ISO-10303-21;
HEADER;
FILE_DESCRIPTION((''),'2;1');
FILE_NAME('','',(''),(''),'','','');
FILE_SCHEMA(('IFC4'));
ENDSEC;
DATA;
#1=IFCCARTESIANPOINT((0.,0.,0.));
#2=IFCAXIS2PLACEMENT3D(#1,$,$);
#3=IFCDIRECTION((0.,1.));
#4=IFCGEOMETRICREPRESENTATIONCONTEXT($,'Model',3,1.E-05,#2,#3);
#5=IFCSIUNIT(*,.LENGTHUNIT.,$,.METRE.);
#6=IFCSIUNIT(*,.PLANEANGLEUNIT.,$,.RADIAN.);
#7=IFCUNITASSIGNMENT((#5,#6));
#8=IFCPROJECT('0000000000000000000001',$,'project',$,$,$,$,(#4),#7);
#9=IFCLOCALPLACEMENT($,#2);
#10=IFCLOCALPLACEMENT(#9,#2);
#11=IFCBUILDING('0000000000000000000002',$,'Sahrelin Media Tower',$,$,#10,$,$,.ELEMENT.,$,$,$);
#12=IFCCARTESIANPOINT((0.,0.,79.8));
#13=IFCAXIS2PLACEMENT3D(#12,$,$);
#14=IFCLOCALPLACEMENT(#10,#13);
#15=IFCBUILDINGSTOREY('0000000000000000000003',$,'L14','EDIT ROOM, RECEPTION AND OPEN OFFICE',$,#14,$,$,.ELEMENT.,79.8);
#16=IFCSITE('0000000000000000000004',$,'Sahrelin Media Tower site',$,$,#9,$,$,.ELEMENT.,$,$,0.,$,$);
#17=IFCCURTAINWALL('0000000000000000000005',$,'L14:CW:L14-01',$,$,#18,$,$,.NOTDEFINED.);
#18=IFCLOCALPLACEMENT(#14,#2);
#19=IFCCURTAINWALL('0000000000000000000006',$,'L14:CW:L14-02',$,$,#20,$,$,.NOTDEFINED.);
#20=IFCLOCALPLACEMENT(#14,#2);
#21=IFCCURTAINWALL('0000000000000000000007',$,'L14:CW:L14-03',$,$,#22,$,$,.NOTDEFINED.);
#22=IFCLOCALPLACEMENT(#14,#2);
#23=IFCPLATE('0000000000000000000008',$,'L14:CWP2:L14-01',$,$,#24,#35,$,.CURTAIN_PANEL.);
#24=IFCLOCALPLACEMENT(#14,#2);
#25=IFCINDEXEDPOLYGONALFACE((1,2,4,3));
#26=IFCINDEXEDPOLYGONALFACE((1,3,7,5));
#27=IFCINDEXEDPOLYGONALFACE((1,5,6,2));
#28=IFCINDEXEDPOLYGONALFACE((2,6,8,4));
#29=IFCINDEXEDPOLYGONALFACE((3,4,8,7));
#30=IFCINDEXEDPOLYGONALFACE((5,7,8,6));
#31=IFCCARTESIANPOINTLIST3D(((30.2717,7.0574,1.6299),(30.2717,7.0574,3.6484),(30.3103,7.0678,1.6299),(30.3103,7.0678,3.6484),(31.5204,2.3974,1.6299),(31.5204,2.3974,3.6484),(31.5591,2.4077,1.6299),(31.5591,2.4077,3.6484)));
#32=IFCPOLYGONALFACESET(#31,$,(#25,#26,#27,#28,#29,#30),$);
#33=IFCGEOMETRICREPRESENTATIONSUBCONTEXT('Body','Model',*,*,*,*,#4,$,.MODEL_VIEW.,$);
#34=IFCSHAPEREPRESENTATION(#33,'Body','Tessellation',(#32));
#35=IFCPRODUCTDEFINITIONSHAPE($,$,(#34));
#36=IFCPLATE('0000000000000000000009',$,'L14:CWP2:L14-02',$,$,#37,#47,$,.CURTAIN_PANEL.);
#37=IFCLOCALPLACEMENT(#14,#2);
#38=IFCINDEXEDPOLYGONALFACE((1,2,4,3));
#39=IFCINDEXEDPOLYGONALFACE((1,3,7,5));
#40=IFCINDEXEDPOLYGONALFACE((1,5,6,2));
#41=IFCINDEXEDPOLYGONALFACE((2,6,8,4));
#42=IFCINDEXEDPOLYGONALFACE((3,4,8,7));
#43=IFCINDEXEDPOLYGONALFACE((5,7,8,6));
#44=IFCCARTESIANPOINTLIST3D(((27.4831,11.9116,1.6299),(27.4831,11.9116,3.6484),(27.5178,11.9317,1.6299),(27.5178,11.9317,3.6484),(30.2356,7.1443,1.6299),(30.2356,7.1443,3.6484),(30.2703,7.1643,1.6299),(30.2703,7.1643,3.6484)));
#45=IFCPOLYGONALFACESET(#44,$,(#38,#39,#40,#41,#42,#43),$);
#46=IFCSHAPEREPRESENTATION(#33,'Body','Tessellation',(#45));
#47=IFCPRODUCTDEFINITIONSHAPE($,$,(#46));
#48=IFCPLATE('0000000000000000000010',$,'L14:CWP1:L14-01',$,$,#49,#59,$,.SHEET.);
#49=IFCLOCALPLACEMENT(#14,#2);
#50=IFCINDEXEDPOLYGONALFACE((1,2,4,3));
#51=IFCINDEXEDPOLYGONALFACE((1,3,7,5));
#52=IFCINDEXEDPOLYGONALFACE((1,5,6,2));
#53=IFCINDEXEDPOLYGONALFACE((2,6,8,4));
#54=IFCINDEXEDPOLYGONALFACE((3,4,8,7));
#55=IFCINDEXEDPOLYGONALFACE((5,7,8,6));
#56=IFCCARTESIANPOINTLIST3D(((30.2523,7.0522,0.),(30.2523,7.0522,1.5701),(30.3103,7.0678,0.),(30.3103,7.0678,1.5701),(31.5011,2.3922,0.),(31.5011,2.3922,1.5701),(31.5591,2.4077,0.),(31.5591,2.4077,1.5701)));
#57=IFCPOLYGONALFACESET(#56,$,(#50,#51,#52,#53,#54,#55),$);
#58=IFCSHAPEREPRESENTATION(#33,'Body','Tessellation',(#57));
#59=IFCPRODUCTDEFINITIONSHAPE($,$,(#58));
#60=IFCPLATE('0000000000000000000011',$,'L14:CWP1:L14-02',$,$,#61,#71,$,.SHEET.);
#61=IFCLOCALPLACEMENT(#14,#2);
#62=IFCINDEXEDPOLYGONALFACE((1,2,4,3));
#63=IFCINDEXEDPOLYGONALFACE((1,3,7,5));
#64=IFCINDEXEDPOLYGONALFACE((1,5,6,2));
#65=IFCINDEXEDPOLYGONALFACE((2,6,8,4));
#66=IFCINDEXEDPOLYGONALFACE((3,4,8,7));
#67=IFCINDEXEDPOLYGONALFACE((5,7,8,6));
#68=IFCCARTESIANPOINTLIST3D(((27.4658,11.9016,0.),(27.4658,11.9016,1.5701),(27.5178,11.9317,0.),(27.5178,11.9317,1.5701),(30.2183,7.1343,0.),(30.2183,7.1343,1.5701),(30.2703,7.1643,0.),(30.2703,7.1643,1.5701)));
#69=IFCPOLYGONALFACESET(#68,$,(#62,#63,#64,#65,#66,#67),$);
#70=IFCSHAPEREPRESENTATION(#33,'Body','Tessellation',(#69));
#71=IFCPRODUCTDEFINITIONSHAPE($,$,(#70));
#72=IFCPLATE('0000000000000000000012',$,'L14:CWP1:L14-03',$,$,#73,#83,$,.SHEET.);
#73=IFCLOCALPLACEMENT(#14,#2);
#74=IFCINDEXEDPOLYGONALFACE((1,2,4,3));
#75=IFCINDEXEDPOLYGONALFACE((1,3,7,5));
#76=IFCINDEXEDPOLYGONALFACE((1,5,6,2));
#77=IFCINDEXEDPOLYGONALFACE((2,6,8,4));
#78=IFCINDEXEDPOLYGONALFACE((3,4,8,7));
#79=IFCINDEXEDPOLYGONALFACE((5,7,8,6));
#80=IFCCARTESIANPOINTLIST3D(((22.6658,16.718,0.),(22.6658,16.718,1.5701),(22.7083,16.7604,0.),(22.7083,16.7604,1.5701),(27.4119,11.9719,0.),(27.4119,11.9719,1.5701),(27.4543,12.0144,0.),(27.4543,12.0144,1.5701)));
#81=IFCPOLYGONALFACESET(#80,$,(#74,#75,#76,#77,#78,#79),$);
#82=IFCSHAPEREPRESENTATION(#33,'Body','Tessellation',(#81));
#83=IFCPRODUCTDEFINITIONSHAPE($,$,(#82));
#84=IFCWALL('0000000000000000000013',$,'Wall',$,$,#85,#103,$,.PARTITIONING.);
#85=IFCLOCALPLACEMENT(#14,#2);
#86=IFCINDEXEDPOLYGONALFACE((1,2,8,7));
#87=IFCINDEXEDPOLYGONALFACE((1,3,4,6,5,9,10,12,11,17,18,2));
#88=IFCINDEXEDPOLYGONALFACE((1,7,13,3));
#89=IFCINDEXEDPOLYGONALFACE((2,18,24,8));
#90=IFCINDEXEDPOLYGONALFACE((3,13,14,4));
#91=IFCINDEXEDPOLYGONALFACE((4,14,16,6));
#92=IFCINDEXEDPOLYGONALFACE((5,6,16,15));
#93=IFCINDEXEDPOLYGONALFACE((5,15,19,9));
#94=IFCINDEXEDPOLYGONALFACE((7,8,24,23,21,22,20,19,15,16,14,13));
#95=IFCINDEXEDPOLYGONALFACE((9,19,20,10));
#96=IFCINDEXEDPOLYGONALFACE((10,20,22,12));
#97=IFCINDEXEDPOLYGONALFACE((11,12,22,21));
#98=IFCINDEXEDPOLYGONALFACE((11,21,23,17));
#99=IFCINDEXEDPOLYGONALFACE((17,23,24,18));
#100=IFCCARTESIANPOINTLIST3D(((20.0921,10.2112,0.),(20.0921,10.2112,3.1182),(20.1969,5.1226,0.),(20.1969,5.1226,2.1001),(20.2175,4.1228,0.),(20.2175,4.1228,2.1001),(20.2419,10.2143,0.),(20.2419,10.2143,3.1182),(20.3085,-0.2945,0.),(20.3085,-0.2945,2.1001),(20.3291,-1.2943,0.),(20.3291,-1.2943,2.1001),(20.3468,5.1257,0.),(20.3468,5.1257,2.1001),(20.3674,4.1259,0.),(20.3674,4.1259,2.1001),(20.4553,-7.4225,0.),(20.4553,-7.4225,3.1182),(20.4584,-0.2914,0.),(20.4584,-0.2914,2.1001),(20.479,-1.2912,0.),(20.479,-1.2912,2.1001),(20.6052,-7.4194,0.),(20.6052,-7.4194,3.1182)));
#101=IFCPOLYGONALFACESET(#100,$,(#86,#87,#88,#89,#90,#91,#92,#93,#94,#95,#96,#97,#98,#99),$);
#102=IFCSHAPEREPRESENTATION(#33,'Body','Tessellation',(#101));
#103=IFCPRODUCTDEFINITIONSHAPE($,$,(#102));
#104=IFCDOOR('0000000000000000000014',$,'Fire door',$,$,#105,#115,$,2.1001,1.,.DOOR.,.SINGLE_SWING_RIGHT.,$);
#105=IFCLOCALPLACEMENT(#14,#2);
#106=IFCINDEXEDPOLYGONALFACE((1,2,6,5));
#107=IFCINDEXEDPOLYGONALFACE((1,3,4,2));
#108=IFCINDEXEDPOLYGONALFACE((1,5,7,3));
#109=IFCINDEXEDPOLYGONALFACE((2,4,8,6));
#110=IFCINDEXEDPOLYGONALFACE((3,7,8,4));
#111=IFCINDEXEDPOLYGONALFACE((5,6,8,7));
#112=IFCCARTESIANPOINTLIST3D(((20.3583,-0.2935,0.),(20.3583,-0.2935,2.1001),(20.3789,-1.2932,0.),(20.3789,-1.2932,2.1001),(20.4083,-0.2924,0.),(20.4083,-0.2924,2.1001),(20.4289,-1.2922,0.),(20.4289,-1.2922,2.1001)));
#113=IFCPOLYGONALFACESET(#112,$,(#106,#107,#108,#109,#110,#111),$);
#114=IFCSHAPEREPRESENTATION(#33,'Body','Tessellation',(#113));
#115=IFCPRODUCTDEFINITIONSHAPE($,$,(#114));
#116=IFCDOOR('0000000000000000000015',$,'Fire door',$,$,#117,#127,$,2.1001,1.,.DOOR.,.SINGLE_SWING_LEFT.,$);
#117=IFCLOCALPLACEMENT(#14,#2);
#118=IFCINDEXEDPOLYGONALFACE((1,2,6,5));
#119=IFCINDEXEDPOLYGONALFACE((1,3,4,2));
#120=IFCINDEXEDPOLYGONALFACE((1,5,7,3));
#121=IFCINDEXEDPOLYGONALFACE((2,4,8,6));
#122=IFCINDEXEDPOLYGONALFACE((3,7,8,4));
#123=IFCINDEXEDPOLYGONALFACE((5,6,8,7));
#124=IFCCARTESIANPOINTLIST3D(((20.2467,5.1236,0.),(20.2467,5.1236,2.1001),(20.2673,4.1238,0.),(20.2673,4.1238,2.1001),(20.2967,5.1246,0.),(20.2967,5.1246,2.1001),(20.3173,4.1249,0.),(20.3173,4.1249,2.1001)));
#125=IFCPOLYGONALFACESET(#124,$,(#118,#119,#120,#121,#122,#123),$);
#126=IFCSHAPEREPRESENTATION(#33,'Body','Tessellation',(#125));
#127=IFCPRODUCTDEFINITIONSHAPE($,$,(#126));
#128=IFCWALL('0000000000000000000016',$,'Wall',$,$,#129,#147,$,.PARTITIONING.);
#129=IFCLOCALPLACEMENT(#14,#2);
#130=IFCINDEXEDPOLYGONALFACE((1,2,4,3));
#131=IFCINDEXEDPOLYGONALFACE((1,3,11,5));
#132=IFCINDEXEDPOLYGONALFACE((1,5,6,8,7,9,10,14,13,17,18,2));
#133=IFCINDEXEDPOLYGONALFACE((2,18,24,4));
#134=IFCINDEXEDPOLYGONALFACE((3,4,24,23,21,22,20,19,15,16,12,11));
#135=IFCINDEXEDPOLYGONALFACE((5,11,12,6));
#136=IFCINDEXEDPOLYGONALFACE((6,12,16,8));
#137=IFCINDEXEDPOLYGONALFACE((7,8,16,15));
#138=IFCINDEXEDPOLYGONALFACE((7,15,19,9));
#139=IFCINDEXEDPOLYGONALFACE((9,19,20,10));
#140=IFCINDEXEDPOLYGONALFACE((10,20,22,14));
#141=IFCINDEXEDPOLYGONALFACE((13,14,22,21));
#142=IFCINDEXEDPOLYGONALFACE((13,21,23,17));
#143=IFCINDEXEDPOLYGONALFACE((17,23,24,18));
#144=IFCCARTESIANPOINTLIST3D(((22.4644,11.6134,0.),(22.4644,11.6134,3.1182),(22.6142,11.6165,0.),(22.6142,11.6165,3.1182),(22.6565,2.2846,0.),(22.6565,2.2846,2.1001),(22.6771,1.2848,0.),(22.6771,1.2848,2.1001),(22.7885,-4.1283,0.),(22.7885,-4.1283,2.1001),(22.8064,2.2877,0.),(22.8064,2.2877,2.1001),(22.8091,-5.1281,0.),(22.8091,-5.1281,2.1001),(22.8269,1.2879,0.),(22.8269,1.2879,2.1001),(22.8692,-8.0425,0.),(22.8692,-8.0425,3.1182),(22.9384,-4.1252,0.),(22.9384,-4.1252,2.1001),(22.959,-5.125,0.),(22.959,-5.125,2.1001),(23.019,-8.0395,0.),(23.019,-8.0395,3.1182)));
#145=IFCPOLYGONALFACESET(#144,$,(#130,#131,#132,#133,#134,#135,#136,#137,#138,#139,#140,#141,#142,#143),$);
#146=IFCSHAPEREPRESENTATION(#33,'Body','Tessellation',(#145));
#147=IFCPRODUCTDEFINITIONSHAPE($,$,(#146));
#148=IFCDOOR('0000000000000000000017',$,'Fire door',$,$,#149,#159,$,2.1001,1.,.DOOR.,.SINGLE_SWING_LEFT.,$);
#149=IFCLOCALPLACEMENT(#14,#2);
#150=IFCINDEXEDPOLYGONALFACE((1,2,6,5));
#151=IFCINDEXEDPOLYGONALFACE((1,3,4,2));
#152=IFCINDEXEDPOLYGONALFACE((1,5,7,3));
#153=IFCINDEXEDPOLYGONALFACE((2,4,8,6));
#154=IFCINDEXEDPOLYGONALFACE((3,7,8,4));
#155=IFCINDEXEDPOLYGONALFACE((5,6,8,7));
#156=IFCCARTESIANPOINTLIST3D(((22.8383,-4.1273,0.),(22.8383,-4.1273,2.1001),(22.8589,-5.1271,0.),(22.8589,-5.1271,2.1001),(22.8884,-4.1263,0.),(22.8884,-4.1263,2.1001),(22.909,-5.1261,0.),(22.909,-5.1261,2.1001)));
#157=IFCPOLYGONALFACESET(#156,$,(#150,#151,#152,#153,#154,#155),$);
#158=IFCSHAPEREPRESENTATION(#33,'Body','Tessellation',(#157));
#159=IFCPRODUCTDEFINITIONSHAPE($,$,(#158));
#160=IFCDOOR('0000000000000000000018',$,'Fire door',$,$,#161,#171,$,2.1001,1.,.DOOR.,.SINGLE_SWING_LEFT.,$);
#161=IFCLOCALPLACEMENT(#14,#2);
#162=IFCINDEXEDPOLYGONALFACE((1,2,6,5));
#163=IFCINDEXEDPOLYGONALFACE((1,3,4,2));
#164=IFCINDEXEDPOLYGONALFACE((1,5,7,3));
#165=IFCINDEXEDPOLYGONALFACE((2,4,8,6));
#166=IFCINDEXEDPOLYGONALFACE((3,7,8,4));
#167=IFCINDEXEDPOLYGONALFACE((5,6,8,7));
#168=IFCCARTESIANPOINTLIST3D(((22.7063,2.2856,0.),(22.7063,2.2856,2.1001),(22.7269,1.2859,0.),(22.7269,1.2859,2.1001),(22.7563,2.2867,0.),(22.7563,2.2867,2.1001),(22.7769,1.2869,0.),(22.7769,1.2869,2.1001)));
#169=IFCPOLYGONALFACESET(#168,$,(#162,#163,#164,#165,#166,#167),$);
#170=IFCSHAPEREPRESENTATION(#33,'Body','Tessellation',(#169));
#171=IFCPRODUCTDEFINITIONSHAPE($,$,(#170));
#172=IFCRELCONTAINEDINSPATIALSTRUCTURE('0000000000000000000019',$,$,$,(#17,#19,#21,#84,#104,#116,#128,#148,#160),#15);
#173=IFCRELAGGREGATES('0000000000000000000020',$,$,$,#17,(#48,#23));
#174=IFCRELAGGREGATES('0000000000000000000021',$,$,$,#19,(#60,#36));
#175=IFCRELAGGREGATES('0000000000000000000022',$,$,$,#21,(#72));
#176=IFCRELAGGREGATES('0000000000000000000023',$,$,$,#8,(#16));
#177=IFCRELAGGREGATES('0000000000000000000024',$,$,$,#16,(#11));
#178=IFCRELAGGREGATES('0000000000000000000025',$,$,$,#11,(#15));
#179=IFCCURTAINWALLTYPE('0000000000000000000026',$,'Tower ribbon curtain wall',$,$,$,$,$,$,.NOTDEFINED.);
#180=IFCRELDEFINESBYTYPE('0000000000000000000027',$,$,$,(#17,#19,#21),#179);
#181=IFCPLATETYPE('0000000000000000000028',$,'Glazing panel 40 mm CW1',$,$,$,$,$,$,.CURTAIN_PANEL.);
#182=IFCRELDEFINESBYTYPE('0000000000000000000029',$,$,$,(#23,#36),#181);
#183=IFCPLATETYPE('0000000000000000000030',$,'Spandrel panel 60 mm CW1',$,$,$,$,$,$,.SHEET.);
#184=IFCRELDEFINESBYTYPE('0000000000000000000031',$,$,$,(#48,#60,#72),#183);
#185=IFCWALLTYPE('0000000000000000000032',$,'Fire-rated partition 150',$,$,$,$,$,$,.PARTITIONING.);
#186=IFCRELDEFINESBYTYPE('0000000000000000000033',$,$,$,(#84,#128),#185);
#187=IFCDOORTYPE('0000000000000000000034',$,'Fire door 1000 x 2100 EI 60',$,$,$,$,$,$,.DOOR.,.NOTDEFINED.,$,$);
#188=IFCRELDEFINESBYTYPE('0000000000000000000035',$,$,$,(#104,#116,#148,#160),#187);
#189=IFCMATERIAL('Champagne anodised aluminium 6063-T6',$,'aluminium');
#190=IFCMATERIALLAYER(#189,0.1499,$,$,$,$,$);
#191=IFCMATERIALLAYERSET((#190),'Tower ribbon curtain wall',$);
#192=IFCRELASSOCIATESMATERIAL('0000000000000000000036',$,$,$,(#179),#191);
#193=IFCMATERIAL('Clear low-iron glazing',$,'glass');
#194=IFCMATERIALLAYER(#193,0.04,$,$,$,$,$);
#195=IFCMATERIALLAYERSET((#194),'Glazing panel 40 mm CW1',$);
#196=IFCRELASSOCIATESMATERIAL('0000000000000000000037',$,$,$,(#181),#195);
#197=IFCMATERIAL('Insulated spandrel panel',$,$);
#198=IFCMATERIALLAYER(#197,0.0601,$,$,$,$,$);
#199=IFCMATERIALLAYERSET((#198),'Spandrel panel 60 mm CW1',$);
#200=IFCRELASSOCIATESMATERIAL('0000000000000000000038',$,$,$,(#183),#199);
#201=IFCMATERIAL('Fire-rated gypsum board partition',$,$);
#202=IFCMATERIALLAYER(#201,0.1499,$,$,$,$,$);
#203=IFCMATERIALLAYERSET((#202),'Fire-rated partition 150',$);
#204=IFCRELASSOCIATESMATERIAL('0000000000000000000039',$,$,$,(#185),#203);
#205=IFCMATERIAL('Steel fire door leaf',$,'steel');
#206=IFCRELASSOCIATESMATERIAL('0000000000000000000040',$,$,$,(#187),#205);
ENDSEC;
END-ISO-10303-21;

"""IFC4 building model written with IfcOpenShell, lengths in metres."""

from ifc_helpers import new_model, si_unit, direction, frame, frame_2d, origin, place, context, subcontext, project, spatial, polyline, rectangle, outline, extrude, material, layer, layer_set, type_object, element, fill, aggregate, save


model = new_model("IFC4")

# Units and contexts
model_context = context("Model", 3, precision=1e-05, world=origin(), true_north=direction((0.0, 1.0)))
body_context = subcontext(model_context, "Body", "Model", "MODEL_VIEW")
ifc_project = project(units=[si_unit("LENGTHUNIT", "METRE"), si_unit("PLANEANGLEUNIT", "RADIAN")], contexts=[model_context])

# Site, building, storey
site_placement = place(None, origin())
site = spatial("IfcSite", under=ifc_project, at=site_placement, Name="Sahrelin Media Tower site", CompositionType="ELEMENT", RefElevation=0.0)
building_placement = place(site_placement, origin())
building = spatial("IfcBuilding", under=site, at=building_placement, Name="Sahrelin Media Tower", CompositionType="ELEMENT")
storey_placement = place(building_placement, frame((0.0, 0.0, 79.8)))
storey = spatial("IfcBuildingStorey", under=building, at=storey_placement, Name="L14", Description="EDIT ROOM, RECEPTION AND OPEN OFFICE", CompositionType="ELEMENT", Elevation=79.8)

# Curtain walls
ifc_material_1 = material(Name="Champagne anodised aluminium 6063-T6", Category="aluminium")
ifc_layer_1 = layer(ifc_material_1, 0.1499)
ifc_layer_set_1 = layer_set([ifc_layer_1], Name="Tower ribbon curtain wall")
curtain_wall_type = type_object("IfcCurtainWallType", Name="Tower ribbon curtain wall", PredefinedType="NOTDEFINED", material=ifc_layer_set_1)
curtain_wall_1_placement = place(storey_placement, frame((30.9153, 4.7327, 0.0), z_axis=(0.0, 0.0, 1.0), x_axis=(1.0, 0.0, 0.0)))
curtain_wall_1 = element("IfcCurtainWall", 1, at=curtain_wall_1_placement, inside=storey, type_object=curtain_wall_type, Name="L14:CW:L14-01", PredefinedType="NOTDEFINED")
curtain_wall_2_placement = place(storey_placement, frame((28.8767, 9.5381, 0.0), z_axis=(0.0, 0.0, 1.0), x_axis=(1.0, 0.0, 0.0)))
curtain_wall_2 = element("IfcCurtainWall", 2, at=curtain_wall_2_placement, inside=storey, type_object=curtain_wall_type, Name="L14:CW:L14-02", PredefinedType="NOTDEFINED")

# Curtain wall
curtain_wall_3_placement = place(storey_placement, frame((25.0671, 14.3733, 0.0), z_axis=(0.0, 0.0, 1.0), x_axis=(1.0, 0.0, 0.0)))
curtain_wall_3 = element("IfcCurtainWall", 3, at=curtain_wall_3_placement, inside=storey, type_object=curtain_wall_type, Name="L14:CW:L14-03", PredefinedType="NOTDEFINED")

# Plates
ifc_material_2 = material(Name="Clear low-iron glazing", Category="glass")
ifc_layer_2 = layer(ifc_material_2, 0.04)
ifc_layer_set_2 = layer_set([ifc_layer_2], Name="Glazing panel 40 mm CW1")
plate_type_1 = type_object("IfcPlateType", Name="Glazing panel 40 mm CW1", PredefinedType="CURTAIN_PANEL", material=ifc_layer_set_2)
plate_1_placement = place(storey_placement, frame((31.5591, 2.4077, 1.6299), z_axis=(0.965921, 0.258837, 0.0), x_axis=(-0.258837, 0.965921, 0.0)))
plate_1 = element("IfcPlate", 4, at=plate_1_placement, type_object=plate_type_1, Name="L14:CWP2:L14-01", PredefinedType="CURTAIN_PANEL", context=body_context, shape_type="SweptSolid", body=[
    extrude(outline(polyline([(0.0, 0.0), (4.8245, 0.0), (4.8245, 2.0186), (0.0, 2.0186), (0.0, 0.0)])), origin(), (0.0, 0.0, -1.0), 0.04),
])
plate_2_placement = place(storey_placement, frame((30.2703, 7.1643, 1.6299), z_axis=(0.866024, 0.500003, 0.0), x_axis=(-0.500003, 0.866024, 0.0)))
plate_2 = element("IfcPlate", 5, at=plate_2_placement, type_object=plate_type_1, Name="L14:CWP2:L14-02", PredefinedType="CURTAIN_PANEL", context=body_context, shape_type="SweptSolid", body=[
    extrude(outline(polyline([(0.0, 0.0), (5.5049, 0.0), (5.5049, 2.0186), (0.0, 2.0186), (0.0, 0.0)])), origin(), (0.0, 0.0, -1.0), 0.04),
])
ifc_material_3 = material(Name="Insulated spandrel panel")
ifc_layer_3 = layer(ifc_material_3, 0.0601)
ifc_layer_set_3 = layer_set([ifc_layer_3], Name="Spandrel panel 60 mm CW1")
plate_type_2 = type_object("IfcPlateType", Name="Spandrel panel 60 mm CW1", PredefinedType="SHEET", material=ifc_layer_set_3)
plate_3_placement = place(storey_placement, frame((31.5591, 2.4077, 0.0), z_axis=(0.965921, 0.258837, 0.0), x_axis=(-0.258837, 0.965921, 0.0)))
plate_3 = element("IfcPlate", 6, at=plate_3_placement, type_object=plate_type_2, Name="L14:CWP1:L14-01", PredefinedType="SHEET", context=body_context, shape_type="SweptSolid", body=[
    extrude(outline(polyline([(0.0, 0.0), (4.8245, 0.0), (4.8245, 1.5701), (0.0, 1.5701), (0.0, 0.0)])), origin(), (0.0, 0.0, -1.0), 0.0601),
])
aggregate(curtain_wall_1, [plate_3, plate_1])
plate_4_placement = place(storey_placement, frame((30.2703, 7.1643, 0.0), z_axis=(0.866024, 0.500003, 0.0), x_axis=(-0.500003, 0.866024, 0.0)))
plate_4 = element("IfcPlate", 7, at=plate_4_placement, type_object=plate_type_2, Name="L14:CWP1:L14-02", PredefinedType="SHEET", context=body_context, shape_type="SweptSolid", body=[
    extrude(outline(polyline([(0.0, 0.0), (5.5049, 0.0), (5.5049, 1.5701), (0.0, 1.5701), (0.0, 0.0)])), origin(), (0.0, 0.0, -1.0), 0.0601),
])
aggregate(curtain_wall_2, [plate_4, plate_2])
plate_5_placement = place(storey_placement, frame((27.4543, 12.0144, 0.0), z_axis=(0.707107, 0.707107, 0.0), x_axis=(-0.707107, 0.707107, 0.0)))
plate_5 = element("IfcPlate", 8, at=plate_5_placement, type_object=plate_type_2, Name="L14:CWP1:L14-03", PredefinedType="SHEET", context=body_context, shape_type="SweptSolid", body=[
    extrude(outline(polyline([(0.0, 0.0), (6.7119, 0.0), (6.7119, 1.5701), (0.0, 1.5701), (0.0, 0.0)])), origin(), (0.0, 0.0, -1.0), 0.0601),
])
aggregate(curtain_wall_3, [plate_5])

# Walls, openings, doors
ifc_material_4 = material(Name="Fire-rated gypsum board partition")
ifc_layer_4 = layer(ifc_material_4, 0.1499)
ifc_layer_set_4 = layer_set([ifc_layer_4], Name="Fire-rated partition 150")
wall_type = type_object("IfcWallType", Name="Fire-rated partition 150", PredefinedType="PARTITIONING", material=ifc_layer_set_4)
wall_1_placement = place(storey_placement, frame((20.167, 10.2129, 0.0), z_axis=(0.0, 0.0, 1.0), x_axis=(0.020597, -0.999788, 0.0)))
wall_1 = element("IfcWall", 9, at=wall_1_placement, inside=storey, type_object=wall_type, Name="Wall", PredefinedType="PARTITIONING", context=body_context, shape_type="SweptSolid", body=[
    extrude(rectangle(XDim=17.6375, YDim=0.1499, at=frame_2d((8.8188, 0.0))), origin(), (0.0, 0.0, 1.0), 3.1182),
])
opening_1_placement = place(wall_1_placement, frame((10.5081, 0.0, 0.0)))
opening_1 = element("IfcOpeningElement", 10, at=opening_1_placement, cuts=wall_1, PredefinedType="OPENING", context=body_context, shape_type="SweptSolid", body=[
    extrude(rectangle(XDim=1.0, YDim=2.1001, at=frame_2d((0.5, 1.05))), frame((0.0, 0.075, 0.0), z_axis=(0.0, -1.0, 0.0), x_axis=(1.0, 0.0, 0.0)), (0.0, 0.0, 1.0), 0.1499),
])
opening_2_placement = place(wall_1_placement, frame((5.0898, 0.0, 0.0)))
opening_2 = element("IfcOpeningElement", 11, at=opening_2_placement, cuts=wall_1, PredefinedType="OPENING", context=body_context, shape_type="SweptSolid", body=[
    extrude(rectangle(XDim=1.0, YDim=2.1001, at=frame_2d((0.5, 1.05))), frame((0.0, 0.075, 0.0), z_axis=(0.0, -1.0, 0.0), x_axis=(1.0, 0.0, 0.0)), (0.0, 0.0, 1.0), 0.1499),
])
ifc_material_5 = material(Name="Steel fire door leaf", Category="steel")
door_type = type_object("IfcDoorType", Name="Fire door 1000 x 2100 EI 60", OperationType="NOTDEFINED", PredefinedType="DOOR", material=ifc_material_5)
door_1_placement = place(opening_1_placement, origin())
door_1 = element("IfcDoor", 12, at=door_1_placement, inside=storey, type_object=door_type, Name="Fire door", OperationType="SINGLE_SWING_RIGHT", OverallHeight=2.1001, OverallWidth=1.0, PredefinedType="DOOR", context=body_context, shape_type="SweptSolid", body=[
    extrude(rectangle(XDim=1.0, YDim=2.1001, at=frame_2d((0.5, 1.05))), frame((0.0, 0.0249, 0.0), z_axis=(0.0, -1.0, 0.0), x_axis=(1.0, 0.0, 0.0)), (0.0, 0.0, 1.0), 0.05),
])
fill(opening_1, door_1)
door_2_placement = place(opening_2_placement, origin())
door_2 = element("IfcDoor", 13, at=door_2_placement, inside=storey, type_object=door_type, Name="Fire door", OperationType="SINGLE_SWING_LEFT", OverallHeight=2.1001, OverallWidth=1.0, PredefinedType="DOOR", context=body_context, shape_type="SweptSolid", body=[
    extrude(rectangle(XDim=1.0, YDim=2.1001, at=frame_2d((0.5, 1.05))), frame((0.0, 0.0249, 0.0), z_axis=(0.0, -1.0, 0.0), x_axis=(1.0, 0.0, 0.0)), (0.0, 0.0, 1.0), 0.05),
])
fill(opening_2, door_2)
wall_2_placement = place(storey_placement, frame((22.5393, 11.615, 0.0), z_axis=(0.0, 0.0, 1.0), x_axis=(0.020589, -0.999788, 0.0)))
wall_2 = element("IfcWall", 14, at=wall_2_placement, inside=storey, type_object=wall_type, Name="Wall", PredefinedType="PARTITIONING", context=body_context, shape_type="SweptSolid", body=[
    extrude(rectangle(XDim=19.6602, YDim=0.1499, at=frame_2d((9.8301, 0.0))), origin(), (0.0, 0.0, 1.0), 3.1182),
])
opening_3_placement = place(wall_2_placement, frame((15.7451, 0.0, 0.0)))
opening_3 = element("IfcOpeningElement", 15, at=opening_3_placement, cuts=wall_2, PredefinedType="OPENING", context=body_context, shape_type="SweptSolid", body=[
    extrude(rectangle(XDim=1.0, YDim=2.1001, at=frame_2d((0.5, 1.05))), frame((0.0, 0.075, 0.0), z_axis=(0.0, -1.0, 0.0), x_axis=(1.0, 0.0, 0.0)), (0.0, 0.0, 1.0), 0.1499),
])
opening_4_placement = place(wall_2_placement, frame((9.3308, 0.0, 0.0)))
opening_4 = element("IfcOpeningElement", 16, at=opening_4_placement, cuts=wall_2, PredefinedType="OPENING", context=body_context, shape_type="SweptSolid", body=[
    extrude(rectangle(XDim=1.0, YDim=2.1001, at=frame_2d((0.5, 1.05))), frame((0.0, 0.075, 0.0), z_axis=(0.0, -1.0, 0.0), x_axis=(1.0, 0.0, 0.0)), (0.0, 0.0, 1.0), 0.1499),
])
door_3_placement = place(opening_3_placement, origin())
door_3 = element("IfcDoor", 17, at=door_3_placement, inside=storey, type_object=door_type, Name="Fire door", OperationType="SINGLE_SWING_LEFT", OverallHeight=2.1001, OverallWidth=1.0, PredefinedType="DOOR", context=body_context, shape_type="SweptSolid", body=[
    extrude(rectangle(XDim=1.0, YDim=2.1001, at=frame_2d((0.5, 1.05))), frame((0.0, 0.0249, 0.0), z_axis=(0.0, -1.0, 0.0), x_axis=(1.0, 0.0, 0.0)), (0.0, 0.0, 1.0), 0.05),
])
fill(opening_3, door_3)
door_4_placement = place(opening_4_placement, origin())
door_4 = element("IfcDoor", 18, at=door_4_placement, inside=storey, type_object=door_type, Name="Fire door", OperationType="SINGLE_SWING_LEFT", OverallHeight=2.1001, OverallWidth=1.0, PredefinedType="DOOR", context=body_context, shape_type="SweptSolid", body=[
    extrude(rectangle(XDim=1.0, YDim=2.1001, at=frame_2d((0.5, 1.05))), frame((0.0, 0.0249, 0.0), z_axis=(0.0, -1.0, 0.0), x_axis=(1.0, 0.0, 0.0)), (0.0, 0.0, 1.0), 0.05),
])
fill(opening_4, door_4)

save(model, "model.ifc")
